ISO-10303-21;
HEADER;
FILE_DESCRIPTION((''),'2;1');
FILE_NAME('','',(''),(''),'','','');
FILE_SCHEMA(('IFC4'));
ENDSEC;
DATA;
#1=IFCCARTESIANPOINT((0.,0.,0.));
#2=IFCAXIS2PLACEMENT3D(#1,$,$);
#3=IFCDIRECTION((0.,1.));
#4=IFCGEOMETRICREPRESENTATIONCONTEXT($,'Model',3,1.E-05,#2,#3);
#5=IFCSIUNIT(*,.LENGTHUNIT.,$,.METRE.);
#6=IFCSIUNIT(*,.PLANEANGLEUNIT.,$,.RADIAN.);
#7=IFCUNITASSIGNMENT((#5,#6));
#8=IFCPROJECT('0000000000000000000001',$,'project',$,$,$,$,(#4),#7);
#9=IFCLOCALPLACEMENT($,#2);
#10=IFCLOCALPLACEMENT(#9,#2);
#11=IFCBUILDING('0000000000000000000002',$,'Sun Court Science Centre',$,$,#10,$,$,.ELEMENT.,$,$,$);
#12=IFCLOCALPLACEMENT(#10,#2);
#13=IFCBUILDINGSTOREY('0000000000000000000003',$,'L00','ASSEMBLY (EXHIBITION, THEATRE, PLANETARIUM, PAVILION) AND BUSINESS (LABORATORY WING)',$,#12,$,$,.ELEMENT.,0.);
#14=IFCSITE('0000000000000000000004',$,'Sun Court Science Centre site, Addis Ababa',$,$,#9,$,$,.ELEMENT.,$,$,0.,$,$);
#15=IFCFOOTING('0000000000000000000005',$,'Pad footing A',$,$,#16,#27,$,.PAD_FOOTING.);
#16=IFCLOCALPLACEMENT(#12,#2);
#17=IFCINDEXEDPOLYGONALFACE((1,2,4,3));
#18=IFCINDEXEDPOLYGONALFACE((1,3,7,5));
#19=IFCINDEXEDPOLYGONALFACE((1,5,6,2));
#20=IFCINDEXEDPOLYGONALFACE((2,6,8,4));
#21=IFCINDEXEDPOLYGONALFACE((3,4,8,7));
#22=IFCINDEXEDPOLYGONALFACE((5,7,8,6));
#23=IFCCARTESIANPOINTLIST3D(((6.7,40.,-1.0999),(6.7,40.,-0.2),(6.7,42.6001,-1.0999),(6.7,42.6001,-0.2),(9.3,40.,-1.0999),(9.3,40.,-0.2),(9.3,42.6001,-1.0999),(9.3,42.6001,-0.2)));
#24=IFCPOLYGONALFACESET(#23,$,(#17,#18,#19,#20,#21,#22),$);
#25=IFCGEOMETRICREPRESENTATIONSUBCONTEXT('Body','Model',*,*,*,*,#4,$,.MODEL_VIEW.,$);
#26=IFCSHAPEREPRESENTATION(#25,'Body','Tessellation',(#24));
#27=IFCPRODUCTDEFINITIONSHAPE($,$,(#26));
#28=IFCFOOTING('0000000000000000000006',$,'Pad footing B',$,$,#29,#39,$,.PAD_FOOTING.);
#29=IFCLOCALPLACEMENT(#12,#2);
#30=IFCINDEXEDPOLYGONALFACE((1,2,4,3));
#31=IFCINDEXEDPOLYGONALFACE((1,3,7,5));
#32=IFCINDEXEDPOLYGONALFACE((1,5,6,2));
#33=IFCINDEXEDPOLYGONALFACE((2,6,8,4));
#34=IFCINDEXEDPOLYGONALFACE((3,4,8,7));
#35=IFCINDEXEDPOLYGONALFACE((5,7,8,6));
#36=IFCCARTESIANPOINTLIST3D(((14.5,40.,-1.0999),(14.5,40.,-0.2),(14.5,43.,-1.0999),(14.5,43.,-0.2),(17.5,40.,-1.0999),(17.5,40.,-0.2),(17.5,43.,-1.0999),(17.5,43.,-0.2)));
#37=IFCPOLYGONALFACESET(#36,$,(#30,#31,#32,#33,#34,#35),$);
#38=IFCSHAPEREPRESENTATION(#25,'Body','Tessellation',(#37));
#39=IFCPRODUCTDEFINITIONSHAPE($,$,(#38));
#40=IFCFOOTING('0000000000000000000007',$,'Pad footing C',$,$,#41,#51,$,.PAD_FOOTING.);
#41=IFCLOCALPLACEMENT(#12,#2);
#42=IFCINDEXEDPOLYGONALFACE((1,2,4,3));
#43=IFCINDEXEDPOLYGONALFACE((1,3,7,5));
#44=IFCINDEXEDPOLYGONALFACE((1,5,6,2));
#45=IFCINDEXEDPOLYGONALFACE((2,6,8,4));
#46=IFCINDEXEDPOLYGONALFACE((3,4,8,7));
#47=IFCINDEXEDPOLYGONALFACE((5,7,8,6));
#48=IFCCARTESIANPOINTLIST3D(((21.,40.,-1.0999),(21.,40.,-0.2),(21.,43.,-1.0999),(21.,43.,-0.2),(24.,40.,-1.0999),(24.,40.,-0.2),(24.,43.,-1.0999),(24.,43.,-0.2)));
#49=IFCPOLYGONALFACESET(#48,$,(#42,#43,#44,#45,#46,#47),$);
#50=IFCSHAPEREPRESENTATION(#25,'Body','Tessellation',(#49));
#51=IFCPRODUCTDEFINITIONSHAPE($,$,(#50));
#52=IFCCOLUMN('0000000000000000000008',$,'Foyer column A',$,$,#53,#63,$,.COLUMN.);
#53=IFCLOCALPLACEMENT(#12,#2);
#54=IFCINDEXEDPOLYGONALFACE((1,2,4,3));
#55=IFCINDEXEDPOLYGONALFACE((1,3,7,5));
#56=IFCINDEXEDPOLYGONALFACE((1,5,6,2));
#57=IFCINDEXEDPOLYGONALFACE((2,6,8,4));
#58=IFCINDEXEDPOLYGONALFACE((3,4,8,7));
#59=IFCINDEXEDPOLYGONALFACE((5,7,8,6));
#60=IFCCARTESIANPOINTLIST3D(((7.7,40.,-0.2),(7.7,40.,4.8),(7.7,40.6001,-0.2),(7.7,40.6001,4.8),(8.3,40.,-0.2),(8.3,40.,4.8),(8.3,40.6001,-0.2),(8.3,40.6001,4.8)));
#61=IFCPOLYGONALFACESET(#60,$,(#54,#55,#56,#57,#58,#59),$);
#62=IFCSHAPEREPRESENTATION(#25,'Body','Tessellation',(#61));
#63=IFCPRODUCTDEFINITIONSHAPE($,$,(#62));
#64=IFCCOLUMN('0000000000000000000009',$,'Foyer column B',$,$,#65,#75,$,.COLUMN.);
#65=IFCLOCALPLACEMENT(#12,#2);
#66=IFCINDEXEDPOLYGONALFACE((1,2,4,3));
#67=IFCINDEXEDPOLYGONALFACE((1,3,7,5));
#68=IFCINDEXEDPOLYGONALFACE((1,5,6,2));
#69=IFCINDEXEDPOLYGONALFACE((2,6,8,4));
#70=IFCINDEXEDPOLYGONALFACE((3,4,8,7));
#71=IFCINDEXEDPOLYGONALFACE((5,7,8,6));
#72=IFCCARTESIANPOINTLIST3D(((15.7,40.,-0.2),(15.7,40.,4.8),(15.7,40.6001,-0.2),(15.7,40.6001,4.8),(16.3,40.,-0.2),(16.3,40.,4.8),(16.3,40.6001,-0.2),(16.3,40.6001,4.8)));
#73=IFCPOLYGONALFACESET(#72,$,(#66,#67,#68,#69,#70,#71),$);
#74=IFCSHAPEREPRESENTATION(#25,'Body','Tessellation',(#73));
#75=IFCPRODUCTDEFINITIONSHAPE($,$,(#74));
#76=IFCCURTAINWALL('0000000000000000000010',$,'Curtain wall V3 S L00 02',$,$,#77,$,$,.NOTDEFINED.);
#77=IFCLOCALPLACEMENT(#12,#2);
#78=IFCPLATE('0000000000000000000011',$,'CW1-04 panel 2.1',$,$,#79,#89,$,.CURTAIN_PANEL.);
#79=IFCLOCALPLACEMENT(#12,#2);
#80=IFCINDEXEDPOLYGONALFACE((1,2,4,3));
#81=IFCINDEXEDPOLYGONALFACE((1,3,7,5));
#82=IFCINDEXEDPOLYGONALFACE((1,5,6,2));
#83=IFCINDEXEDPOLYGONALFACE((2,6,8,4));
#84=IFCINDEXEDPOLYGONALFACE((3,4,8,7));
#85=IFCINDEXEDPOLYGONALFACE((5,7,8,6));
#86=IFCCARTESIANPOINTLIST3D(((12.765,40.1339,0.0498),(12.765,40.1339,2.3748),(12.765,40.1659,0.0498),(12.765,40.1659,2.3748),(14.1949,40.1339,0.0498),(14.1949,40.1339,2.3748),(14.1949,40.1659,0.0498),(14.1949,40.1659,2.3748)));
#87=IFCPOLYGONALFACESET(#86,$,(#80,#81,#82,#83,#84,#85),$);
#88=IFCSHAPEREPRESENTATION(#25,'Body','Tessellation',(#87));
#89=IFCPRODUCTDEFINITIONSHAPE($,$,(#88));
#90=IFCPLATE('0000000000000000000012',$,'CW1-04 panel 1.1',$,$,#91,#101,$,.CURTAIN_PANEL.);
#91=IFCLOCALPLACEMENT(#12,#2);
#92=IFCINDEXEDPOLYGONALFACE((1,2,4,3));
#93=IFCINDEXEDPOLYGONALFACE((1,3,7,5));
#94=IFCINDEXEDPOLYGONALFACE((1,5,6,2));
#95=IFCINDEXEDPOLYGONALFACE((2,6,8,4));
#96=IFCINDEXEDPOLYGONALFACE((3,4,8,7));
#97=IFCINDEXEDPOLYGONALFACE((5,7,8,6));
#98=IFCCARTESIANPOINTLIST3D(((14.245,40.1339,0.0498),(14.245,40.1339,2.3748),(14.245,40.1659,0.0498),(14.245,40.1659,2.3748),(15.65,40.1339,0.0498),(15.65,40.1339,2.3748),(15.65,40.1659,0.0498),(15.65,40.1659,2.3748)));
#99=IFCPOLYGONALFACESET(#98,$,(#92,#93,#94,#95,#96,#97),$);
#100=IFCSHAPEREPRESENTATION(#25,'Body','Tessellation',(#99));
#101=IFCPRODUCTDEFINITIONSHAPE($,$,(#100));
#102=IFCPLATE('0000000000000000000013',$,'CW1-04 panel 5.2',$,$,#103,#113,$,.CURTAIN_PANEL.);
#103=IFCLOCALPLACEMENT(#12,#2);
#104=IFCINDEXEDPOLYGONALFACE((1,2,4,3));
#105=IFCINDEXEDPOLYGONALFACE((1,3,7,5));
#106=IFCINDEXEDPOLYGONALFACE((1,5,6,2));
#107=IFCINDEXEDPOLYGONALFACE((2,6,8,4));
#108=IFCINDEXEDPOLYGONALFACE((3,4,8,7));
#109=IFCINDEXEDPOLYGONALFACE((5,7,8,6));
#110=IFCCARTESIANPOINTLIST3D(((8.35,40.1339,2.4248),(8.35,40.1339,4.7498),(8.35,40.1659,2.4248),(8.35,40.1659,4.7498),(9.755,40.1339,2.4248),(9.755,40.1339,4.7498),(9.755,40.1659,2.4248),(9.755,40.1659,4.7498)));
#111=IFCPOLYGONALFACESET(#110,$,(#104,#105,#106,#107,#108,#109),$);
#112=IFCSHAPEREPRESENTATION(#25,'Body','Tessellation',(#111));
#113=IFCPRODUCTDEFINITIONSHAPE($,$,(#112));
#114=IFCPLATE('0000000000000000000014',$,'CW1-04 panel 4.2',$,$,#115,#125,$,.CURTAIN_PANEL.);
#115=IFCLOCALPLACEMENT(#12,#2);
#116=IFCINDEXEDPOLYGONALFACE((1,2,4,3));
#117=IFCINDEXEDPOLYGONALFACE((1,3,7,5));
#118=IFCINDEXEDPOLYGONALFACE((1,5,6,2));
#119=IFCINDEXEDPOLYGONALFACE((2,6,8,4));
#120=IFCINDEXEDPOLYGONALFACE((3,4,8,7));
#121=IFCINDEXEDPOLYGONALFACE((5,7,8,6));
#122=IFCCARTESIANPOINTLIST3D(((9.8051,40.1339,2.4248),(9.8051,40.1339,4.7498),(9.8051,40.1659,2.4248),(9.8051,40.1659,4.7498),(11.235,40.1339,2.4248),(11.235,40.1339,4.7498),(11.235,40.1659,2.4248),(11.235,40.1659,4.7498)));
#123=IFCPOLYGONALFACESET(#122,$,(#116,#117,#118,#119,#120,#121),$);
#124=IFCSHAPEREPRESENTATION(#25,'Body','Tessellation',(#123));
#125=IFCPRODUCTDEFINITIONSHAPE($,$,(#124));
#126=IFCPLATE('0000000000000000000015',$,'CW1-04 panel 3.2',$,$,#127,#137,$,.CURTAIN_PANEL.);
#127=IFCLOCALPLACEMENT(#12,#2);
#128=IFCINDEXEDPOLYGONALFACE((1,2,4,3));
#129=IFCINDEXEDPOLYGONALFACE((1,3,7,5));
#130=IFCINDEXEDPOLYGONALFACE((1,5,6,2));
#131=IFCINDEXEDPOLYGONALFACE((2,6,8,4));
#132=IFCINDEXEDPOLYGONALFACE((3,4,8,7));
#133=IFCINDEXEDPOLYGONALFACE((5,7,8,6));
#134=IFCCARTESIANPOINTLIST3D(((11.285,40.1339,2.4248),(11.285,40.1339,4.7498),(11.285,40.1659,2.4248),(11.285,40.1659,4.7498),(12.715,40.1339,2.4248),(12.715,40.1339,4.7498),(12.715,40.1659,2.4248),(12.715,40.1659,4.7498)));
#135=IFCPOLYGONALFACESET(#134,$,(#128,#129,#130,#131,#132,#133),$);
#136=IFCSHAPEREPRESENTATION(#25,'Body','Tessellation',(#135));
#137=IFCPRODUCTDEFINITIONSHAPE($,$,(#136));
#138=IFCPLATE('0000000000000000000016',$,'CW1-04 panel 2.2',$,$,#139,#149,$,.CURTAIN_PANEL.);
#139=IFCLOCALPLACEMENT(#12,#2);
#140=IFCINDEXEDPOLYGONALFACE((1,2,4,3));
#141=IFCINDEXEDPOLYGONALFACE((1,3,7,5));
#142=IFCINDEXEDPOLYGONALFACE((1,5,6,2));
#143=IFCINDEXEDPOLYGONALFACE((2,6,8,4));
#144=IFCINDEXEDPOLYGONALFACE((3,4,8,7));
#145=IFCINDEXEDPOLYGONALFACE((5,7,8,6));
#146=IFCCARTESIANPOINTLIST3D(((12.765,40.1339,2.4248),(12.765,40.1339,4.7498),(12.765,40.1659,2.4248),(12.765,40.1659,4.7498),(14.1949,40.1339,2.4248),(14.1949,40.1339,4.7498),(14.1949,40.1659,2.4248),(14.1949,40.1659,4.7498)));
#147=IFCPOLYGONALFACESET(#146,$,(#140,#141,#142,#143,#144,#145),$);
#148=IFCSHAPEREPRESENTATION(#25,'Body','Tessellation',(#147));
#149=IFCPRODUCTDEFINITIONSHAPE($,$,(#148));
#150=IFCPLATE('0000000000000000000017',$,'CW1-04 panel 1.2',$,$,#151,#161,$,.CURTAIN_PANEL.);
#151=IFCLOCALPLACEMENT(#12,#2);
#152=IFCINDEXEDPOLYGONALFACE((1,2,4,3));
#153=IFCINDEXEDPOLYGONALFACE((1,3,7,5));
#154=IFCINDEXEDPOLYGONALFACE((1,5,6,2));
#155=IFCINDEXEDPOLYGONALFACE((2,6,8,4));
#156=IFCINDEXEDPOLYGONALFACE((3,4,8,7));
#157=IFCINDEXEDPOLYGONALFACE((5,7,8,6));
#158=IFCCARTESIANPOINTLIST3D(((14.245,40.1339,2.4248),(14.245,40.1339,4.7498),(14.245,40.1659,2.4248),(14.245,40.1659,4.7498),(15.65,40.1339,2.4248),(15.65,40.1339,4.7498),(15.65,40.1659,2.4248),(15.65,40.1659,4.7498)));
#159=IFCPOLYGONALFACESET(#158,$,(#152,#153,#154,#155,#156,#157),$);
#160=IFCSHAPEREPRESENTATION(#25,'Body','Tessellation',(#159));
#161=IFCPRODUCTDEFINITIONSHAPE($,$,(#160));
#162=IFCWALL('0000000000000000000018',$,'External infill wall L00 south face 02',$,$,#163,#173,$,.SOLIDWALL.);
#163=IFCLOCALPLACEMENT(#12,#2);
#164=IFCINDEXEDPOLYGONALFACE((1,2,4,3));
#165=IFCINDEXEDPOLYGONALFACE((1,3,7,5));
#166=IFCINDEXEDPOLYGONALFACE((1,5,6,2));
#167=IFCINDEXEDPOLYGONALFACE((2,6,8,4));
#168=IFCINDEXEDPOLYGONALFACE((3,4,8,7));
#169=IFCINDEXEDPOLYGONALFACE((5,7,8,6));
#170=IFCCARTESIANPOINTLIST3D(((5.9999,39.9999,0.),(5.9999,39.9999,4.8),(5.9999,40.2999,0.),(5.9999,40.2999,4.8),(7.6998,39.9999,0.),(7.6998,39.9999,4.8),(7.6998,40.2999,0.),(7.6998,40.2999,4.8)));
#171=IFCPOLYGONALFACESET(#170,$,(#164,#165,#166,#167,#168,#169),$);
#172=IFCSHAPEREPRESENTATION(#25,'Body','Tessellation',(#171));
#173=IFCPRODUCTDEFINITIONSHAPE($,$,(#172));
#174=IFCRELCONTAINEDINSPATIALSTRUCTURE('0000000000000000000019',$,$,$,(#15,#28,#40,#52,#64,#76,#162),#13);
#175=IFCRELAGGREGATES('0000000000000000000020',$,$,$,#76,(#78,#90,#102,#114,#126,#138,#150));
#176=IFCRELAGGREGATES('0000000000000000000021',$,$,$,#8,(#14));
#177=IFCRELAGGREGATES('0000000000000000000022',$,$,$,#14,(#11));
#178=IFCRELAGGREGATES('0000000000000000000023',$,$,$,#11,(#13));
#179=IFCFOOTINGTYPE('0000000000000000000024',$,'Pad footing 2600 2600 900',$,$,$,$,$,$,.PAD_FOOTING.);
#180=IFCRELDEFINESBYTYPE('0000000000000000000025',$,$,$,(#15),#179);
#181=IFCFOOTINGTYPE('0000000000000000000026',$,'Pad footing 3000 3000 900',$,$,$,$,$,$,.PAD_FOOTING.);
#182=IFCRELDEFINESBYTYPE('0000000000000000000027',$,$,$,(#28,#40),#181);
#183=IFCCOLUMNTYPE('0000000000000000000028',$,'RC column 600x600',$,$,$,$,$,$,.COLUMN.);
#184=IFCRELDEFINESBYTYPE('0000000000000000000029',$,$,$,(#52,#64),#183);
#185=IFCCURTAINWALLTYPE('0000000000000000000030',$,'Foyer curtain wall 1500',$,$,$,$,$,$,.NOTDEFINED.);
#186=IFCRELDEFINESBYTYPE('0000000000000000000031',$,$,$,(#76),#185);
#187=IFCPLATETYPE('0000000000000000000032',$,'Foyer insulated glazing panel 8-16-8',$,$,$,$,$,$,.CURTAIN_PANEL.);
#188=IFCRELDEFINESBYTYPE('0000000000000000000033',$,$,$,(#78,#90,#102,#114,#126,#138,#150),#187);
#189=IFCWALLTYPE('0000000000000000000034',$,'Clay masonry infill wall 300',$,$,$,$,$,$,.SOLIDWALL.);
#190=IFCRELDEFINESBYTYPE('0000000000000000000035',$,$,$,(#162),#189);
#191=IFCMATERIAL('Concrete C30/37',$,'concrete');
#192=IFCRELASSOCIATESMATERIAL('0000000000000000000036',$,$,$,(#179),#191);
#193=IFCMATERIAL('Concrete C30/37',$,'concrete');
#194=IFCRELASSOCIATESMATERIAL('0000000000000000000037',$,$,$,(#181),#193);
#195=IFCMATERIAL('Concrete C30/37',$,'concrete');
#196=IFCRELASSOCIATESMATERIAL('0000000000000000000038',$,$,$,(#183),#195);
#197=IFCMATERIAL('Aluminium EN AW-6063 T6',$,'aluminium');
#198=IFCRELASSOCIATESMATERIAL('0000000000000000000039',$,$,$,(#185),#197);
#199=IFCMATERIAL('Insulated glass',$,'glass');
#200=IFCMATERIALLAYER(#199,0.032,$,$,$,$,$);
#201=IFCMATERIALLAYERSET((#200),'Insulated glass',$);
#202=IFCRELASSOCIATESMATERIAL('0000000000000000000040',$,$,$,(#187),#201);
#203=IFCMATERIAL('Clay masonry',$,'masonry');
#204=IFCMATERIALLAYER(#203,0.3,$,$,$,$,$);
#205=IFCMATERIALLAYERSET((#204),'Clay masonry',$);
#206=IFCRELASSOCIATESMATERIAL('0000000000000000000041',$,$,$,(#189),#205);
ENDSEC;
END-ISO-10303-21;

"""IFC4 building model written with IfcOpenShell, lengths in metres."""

from ifc_helpers import new_model, si_unit, direction, frame, frame_2d, origin, origin_2d, place, context, subcontext, project, spatial, rectangle, extrude, material, layer, layer_set, material_profile, profile_set, type_object, element, aggregate, save


model = new_model("IFC4")

# Units and contexts
model_context = context("Model", 3, precision=1e-05, world=origin(), true_north=direction((0.0, 1.0)))
body_context = subcontext(model_context, "Body", "Model", "MODEL_VIEW")
ifc_project = project(units=[si_unit("LENGTHUNIT", "METRE"), si_unit("PLANEANGLEUNIT", "RADIAN")], contexts=[model_context])

# Site, building, storey
site_placement = place(None, origin())
site = spatial("IfcSite", under=ifc_project, at=site_placement, Name="Sun Court Science Centre site, Addis Ababa", CompositionType="ELEMENT", RefElevation=0.0)
building_placement = place(site_placement, origin())
building = spatial("IfcBuilding", under=site, at=building_placement, Name="Sun Court Science Centre", CompositionType="ELEMENT")
storey_placement = place(building_placement, origin())
storey = spatial("IfcBuildingStorey", under=building, at=storey_placement, Name="L00", Description="ASSEMBLY (EXHIBITION, THEATRE, PLANETARIUM, PAVILION) AND BUSINESS (LABORATORY WING)", CompositionType="ELEMENT", Elevation=0.0)

# Footings
ifc_material_1 = material(Name="Concrete C30/37", Category="concrete")
footing_type_1 = type_object("IfcFootingType", Name="Pad footing 2600 2600 900", PredefinedType="PAD_FOOTING", material=ifc_material_1)
footing_placement = place(storey_placement, frame((8.0, 41.3, -1.0999), z_axis=(0.0, 0.0, 1.0), x_axis=(1.0, 0.0, 0.0)))
element("IfcFooting", 1, at=footing_placement, inside=storey, type_object=footing_type_1, Name="Pad footing A", PredefinedType="PAD_FOOTING", context=body_context, shape_type="SweptSolid", body=[
    extrude(rectangle(XDim=2.6001, YDim=2.6001, at=origin_2d()), origin(), (0.0, 0.0, 1.0), 0.8999),
])
ifc_material_2 = material(Name="Concrete C30/37", Category="concrete")
footing_type_2 = type_object("IfcFootingType", Name="Pad footing 3000 3000 900", PredefinedType="PAD_FOOTING", material=ifc_material_2)
for number, where, z_axis, x_axis, name in (
    (2, (16.0, 41.5, -1.0999), (0.0, 0.0, 1.0), (1.0, 0.0, 0.0), "Pad footing B"),
    (3, (22.5, 41.5, -1.0999), (0.0, 0.0, 1.0), (1.0, 0.0, 0.0), "Pad footing C"),
):
    element("IfcFooting", number, at=place(storey_placement, frame(where, z_axis=z_axis, x_axis=x_axis)), inside=storey, type_object=footing_type_2, Name=name, PredefinedType="PAD_FOOTING", context=body_context, shape_type="SweptSolid", body=[
        extrude(rectangle(XDim=3.0, YDim=3.0, at=origin_2d()), origin(), (0.0, 0.0, 1.0), 0.8999),
    ])

# Columns
ifc_material_3 = material(Name="Concrete C30/37", Category="concrete")
ifc_material_profile = material_profile(ifc_material_3, rectangle(XDim=0.6001, YDim=0.6001, at=origin_2d()), Name="RC 600x600")
ifc_profile_set = profile_set([ifc_material_profile], Name="Concrete C30/37")
column_type = type_object("IfcColumnType", Name="RC column 600x600", PredefinedType="COLUMN", material=ifc_profile_set)
for number, where, z_axis, x_axis, name in (
    (4, (8.0, 40.3, -0.2), (0.0, 0.0, 1.0), (1.0, 0.0, 0.0), "Foyer column A"),
    (5, (16.0, 40.3, -0.2), (0.0, 0.0, 1.0), (1.0, 0.0, 0.0), "Foyer column B"),
):
    element("IfcColumn", number, at=place(storey_placement, frame(where, z_axis=z_axis, x_axis=x_axis)), inside=storey, type_object=column_type, Name=name, PredefinedType="COLUMN", context=body_context, shape_type="SweptSolid", body=[
        extrude(rectangle(XDim=0.6001, YDim=0.6001, at=origin_2d()), origin(), (0.0, 0.0, 1.0), 5.0),
    ])

# Curtain wall, plates
ifc_material_4 = material(Name="Aluminium EN AW-6063 T6", Category="aluminium")
curtain_wall_type = type_object("IfcCurtainWallType", Name="Foyer curtain wall 1500", PredefinedType="NOTDEFINED", material=ifc_material_4)
curtain_wall_placement = place(storey_placement, origin())
curtain_wall = element("IfcCurtainWall", 6, at=curtain_wall_placement, inside=storey, type_object=curtain_wall_type, Name="Curtain wall V3 S L00 02", PredefinedType="NOTDEFINED")
ifc_material_5 = material(Name="Insulated glass", Category="glass")
ifc_layer_1 = layer(ifc_material_5, 0.032)
ifc_layer_set_1 = layer_set([ifc_layer_1], Name="Insulated glass")
plate_type = type_object("IfcPlateType", Name="Foyer insulated glazing panel 8-16-8", PredefinedType="CURTAIN_PANEL", material=ifc_layer_set_1)
plate_1_placement = place(storey_placement, frame((13.48, 40.1499, 0.0498), z_axis=(0.0, 0.0, 1.0), x_axis=(-1.0, 0.0, 0.0)))
plate_1 = element("IfcPlate", 7, at=plate_1_placement, type_object=plate_type, Name="CW1-04 panel 2.1", PredefinedType="CURTAIN_PANEL", context=body_context, shape_type="SweptSolid", body=[
    extrude(rectangle(XDim=1.4299, YDim=0.032, at=origin_2d()), origin(), (0.0, 0.0, 1.0), 2.325),
])
plate_2_placement = place(storey_placement, frame((14.9475, 40.1499, 0.0498), z_axis=(0.0, 0.0, 1.0), x_axis=(-1.0, 0.0, 0.0)))
plate_2 = element("IfcPlate", 8, at=plate_2_placement, type_object=plate_type, Name="CW1-04 panel 1.1", PredefinedType="CURTAIN_PANEL", context=body_context, shape_type="SweptSolid", body=[
    extrude(rectangle(XDim=1.405, YDim=0.032, at=origin_2d()), origin(), (0.0, 0.0, 1.0), 2.325),
])
plate_3_placement = place(storey_placement, frame((9.0525, 40.1499, 2.4248), z_axis=(0.0, 0.0, 1.0), x_axis=(-1.0, 0.0, 0.0)))
plate_3 = element("IfcPlate", 9, at=plate_3_placement, type_object=plate_type, Name="CW1-04 panel 5.2", PredefinedType="CURTAIN_PANEL", context=body_context, shape_type="SweptSolid", body=[
    extrude(rectangle(XDim=1.405, YDim=0.032, at=origin_2d()), origin(), (0.0, 0.0, 1.0), 2.325),
])
plate_4_placement = place(storey_placement, frame((10.52, 40.1499, 2.4248), z_axis=(0.0, 0.0, 1.0), x_axis=(-1.0, 0.0, 0.0)))
plate_4 = element("IfcPlate", 10, at=plate_4_placement, type_object=plate_type, Name="CW1-04 panel 4.2", PredefinedType="CURTAIN_PANEL", context=body_context, shape_type="SweptSolid", body=[
    extrude(rectangle(XDim=1.4299, YDim=0.032, at=origin_2d()), origin(), (0.0, 0.0, 1.0), 2.325),
])
plate_5_placement = place(storey_placement, frame((12.0, 40.1499, 2.4248), z_axis=(0.0, 0.0, 1.0), x_axis=(-1.0, 0.0, 0.0)))
plate_5 = element("IfcPlate", 11, at=plate_5_placement, type_object=plate_type, Name="CW1-04 panel 3.2", PredefinedType="CURTAIN_PANEL", context=body_context, shape_type="SweptSolid", body=[
    extrude(rectangle(XDim=1.4299, YDim=0.032, at=origin_2d()), origin(), (0.0, 0.0, 1.0), 2.325),
])
plate_6_placement = place(storey_placement, frame((13.48, 40.1499, 2.4248), z_axis=(0.0, 0.0, 1.0), x_axis=(-1.0, 0.0, 0.0)))
plate_6 = element("IfcPlate", 12, at=plate_6_placement, type_object=plate_type, Name="CW1-04 panel 2.2", PredefinedType="CURTAIN_PANEL", context=body_context, shape_type="SweptSolid", body=[
    extrude(rectangle(XDim=1.4299, YDim=0.032, at=origin_2d()), origin(), (0.0, 0.0, 1.0), 2.325),
])
plate_7_placement = place(storey_placement, frame((14.9475, 40.1499, 2.4248), z_axis=(0.0, 0.0, 1.0), x_axis=(-1.0, 0.0, 0.0)))
plate_7 = element("IfcPlate", 13, at=plate_7_placement, type_object=plate_type, Name="CW1-04 panel 1.2", PredefinedType="CURTAIN_PANEL", context=body_context, shape_type="SweptSolid", body=[
    extrude(rectangle(XDim=1.405, YDim=0.032, at=origin_2d()), origin(), (0.0, 0.0, 1.0), 2.325),
])
aggregate(curtain_wall, [plate_1, plate_2, plate_3, plate_4, plate_5, plate_6, plate_7])

# Wall
ifc_material_6 = material(Name="Clay masonry", Category="masonry")
ifc_layer_2 = layer(ifc_material_6, 0.3)
ifc_layer_set_2 = layer_set([ifc_layer_2], Name="Clay masonry")
wall_type_1 = type_object("IfcWallType", Name="Clay masonry infill wall 300", PredefinedType="SOLIDWALL", material=ifc_layer_set_2)
wall_1_placement = place(storey_placement, frame((7.7, 40.1499, 0.0), z_axis=(0.0, 0.0, 1.0), x_axis=(-1.0, 0.0, 0.0)))
element("IfcWall", 14, at=wall_1_placement, inside=storey, type_object=wall_type_1, Name="External infill wall L00 south face 02", PredefinedType="SOLIDWALL", context=body_context, shape_type="SweptSolid", body=[
    extrude(rectangle(XDim=1.7, YDim=0.3, at=frame_2d((0.8501, 0.0))), origin(), (0.0, 0.0, 1.0), 4.8),
])

save(model, "model.ifc")
